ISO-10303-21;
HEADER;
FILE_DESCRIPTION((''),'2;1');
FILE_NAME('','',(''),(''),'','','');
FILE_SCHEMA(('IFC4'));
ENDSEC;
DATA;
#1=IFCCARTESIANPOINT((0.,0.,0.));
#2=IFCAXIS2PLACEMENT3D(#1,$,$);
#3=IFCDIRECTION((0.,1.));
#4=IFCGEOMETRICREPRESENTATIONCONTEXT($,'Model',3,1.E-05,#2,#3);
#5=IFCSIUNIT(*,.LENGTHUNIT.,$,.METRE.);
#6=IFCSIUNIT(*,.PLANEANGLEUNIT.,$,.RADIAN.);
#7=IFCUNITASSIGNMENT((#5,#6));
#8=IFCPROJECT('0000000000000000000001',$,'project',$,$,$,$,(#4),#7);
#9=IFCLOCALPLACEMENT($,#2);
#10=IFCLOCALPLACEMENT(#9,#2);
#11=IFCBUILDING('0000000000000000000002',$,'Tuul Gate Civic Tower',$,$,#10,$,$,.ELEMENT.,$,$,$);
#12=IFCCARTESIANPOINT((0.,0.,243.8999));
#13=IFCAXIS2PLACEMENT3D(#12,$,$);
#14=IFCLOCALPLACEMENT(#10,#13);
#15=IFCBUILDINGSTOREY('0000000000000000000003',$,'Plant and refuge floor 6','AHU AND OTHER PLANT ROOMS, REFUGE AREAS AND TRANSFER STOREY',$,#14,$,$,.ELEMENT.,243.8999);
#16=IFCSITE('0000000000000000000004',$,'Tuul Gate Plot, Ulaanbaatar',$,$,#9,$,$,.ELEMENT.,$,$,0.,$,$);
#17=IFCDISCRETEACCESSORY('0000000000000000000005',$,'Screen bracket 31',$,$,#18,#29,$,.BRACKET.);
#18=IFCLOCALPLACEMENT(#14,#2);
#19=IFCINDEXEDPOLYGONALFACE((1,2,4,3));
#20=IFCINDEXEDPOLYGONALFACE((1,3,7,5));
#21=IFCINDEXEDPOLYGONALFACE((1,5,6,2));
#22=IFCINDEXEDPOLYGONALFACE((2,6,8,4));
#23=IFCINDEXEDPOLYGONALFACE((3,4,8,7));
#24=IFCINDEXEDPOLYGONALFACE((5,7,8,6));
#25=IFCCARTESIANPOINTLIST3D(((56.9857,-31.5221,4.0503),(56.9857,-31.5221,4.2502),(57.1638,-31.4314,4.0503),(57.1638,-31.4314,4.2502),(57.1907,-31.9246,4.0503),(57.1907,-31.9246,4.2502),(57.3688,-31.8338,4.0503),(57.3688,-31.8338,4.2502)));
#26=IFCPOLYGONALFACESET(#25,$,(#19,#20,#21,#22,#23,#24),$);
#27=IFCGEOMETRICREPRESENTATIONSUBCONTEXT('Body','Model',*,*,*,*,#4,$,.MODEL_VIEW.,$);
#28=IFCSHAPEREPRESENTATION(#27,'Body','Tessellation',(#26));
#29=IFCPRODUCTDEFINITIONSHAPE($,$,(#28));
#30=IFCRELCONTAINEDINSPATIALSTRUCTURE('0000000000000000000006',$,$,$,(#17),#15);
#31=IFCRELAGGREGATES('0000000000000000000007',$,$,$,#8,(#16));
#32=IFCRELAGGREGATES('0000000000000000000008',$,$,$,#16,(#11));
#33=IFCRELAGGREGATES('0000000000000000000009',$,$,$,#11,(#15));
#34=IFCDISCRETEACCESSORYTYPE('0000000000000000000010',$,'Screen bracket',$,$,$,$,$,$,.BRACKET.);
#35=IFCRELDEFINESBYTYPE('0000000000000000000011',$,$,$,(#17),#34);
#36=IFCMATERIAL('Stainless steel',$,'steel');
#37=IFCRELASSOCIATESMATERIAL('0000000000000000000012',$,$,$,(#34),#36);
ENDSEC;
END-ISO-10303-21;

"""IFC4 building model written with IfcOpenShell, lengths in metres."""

from ifc_helpers import new_model, si_unit, direction, frame, origin, origin_2d, place, context, subcontext, project, spatial, rectangle, extrude, material, type_object, element, save


model = new_model("IFC4")

# Units and contexts
model_context = context("Model", 3, precision=1e-05, world=origin(), true_north=direction((0.0, 1.0)))
body_context = subcontext(model_context, "Body", "Model", "MODEL_VIEW")
ifc_project = project(units=[si_unit("LENGTHUNIT", "METRE"), si_unit("PLANEANGLEUNIT", "RADIAN")], contexts=[model_context])

# Site, building, storey
site_placement = place(None, origin())
site = spatial("IfcSite", under=ifc_project, at=site_placement, Name="Tuul Gate Plot, Ulaanbaatar", CompositionType="ELEMENT", RefElevation=0.0)
building_placement = place(site_placement, origin())
building = spatial("IfcBuilding", under=site, at=building_placement, Name="Tuul Gate Civic Tower", CompositionType="ELEMENT")
storey_placement = place(building_placement, frame((0.0, 0.0, 243.8999)))
storey = spatial("IfcBuildingStorey", under=building, at=storey_placement, Name="Plant and refuge floor 6", Description="AHU AND OTHER PLANT ROOMS, REFUGE AREAS AND TRANSFER STOREY", CompositionType="ELEMENT", Elevation=243.8999)

# Discrete accessory
ifc_material_1 = material(Name="Stainless steel", Category="steel")
discrete_accessory_type_1 = type_object("IfcDiscreteAccessoryType", Name="Screen bracket", PredefinedType="BRACKET", material=ifc_material_1)
discrete_accessory_placement = place(storey_placement, frame((57.1772, -31.678, 4.0503), z_axis=(0.0, 0.0, 1.0), x_axis=(0.453861, -0.891072, 0.0)))
element("IfcDiscreteAccessory", 1, at=discrete_accessory_placement, inside=storey, type_object=discrete_accessory_type_1, Name="Screen bracket 31", PredefinedType="BRACKET", context=body_context, shape_type="SweptSolid", body=[
    extrude(rectangle(XDim=0.4517, YDim=0.2, at=origin_2d()), origin(), (0.0, 0.0, 1.0), 0.2),
])

save(model, "model.ifc")
